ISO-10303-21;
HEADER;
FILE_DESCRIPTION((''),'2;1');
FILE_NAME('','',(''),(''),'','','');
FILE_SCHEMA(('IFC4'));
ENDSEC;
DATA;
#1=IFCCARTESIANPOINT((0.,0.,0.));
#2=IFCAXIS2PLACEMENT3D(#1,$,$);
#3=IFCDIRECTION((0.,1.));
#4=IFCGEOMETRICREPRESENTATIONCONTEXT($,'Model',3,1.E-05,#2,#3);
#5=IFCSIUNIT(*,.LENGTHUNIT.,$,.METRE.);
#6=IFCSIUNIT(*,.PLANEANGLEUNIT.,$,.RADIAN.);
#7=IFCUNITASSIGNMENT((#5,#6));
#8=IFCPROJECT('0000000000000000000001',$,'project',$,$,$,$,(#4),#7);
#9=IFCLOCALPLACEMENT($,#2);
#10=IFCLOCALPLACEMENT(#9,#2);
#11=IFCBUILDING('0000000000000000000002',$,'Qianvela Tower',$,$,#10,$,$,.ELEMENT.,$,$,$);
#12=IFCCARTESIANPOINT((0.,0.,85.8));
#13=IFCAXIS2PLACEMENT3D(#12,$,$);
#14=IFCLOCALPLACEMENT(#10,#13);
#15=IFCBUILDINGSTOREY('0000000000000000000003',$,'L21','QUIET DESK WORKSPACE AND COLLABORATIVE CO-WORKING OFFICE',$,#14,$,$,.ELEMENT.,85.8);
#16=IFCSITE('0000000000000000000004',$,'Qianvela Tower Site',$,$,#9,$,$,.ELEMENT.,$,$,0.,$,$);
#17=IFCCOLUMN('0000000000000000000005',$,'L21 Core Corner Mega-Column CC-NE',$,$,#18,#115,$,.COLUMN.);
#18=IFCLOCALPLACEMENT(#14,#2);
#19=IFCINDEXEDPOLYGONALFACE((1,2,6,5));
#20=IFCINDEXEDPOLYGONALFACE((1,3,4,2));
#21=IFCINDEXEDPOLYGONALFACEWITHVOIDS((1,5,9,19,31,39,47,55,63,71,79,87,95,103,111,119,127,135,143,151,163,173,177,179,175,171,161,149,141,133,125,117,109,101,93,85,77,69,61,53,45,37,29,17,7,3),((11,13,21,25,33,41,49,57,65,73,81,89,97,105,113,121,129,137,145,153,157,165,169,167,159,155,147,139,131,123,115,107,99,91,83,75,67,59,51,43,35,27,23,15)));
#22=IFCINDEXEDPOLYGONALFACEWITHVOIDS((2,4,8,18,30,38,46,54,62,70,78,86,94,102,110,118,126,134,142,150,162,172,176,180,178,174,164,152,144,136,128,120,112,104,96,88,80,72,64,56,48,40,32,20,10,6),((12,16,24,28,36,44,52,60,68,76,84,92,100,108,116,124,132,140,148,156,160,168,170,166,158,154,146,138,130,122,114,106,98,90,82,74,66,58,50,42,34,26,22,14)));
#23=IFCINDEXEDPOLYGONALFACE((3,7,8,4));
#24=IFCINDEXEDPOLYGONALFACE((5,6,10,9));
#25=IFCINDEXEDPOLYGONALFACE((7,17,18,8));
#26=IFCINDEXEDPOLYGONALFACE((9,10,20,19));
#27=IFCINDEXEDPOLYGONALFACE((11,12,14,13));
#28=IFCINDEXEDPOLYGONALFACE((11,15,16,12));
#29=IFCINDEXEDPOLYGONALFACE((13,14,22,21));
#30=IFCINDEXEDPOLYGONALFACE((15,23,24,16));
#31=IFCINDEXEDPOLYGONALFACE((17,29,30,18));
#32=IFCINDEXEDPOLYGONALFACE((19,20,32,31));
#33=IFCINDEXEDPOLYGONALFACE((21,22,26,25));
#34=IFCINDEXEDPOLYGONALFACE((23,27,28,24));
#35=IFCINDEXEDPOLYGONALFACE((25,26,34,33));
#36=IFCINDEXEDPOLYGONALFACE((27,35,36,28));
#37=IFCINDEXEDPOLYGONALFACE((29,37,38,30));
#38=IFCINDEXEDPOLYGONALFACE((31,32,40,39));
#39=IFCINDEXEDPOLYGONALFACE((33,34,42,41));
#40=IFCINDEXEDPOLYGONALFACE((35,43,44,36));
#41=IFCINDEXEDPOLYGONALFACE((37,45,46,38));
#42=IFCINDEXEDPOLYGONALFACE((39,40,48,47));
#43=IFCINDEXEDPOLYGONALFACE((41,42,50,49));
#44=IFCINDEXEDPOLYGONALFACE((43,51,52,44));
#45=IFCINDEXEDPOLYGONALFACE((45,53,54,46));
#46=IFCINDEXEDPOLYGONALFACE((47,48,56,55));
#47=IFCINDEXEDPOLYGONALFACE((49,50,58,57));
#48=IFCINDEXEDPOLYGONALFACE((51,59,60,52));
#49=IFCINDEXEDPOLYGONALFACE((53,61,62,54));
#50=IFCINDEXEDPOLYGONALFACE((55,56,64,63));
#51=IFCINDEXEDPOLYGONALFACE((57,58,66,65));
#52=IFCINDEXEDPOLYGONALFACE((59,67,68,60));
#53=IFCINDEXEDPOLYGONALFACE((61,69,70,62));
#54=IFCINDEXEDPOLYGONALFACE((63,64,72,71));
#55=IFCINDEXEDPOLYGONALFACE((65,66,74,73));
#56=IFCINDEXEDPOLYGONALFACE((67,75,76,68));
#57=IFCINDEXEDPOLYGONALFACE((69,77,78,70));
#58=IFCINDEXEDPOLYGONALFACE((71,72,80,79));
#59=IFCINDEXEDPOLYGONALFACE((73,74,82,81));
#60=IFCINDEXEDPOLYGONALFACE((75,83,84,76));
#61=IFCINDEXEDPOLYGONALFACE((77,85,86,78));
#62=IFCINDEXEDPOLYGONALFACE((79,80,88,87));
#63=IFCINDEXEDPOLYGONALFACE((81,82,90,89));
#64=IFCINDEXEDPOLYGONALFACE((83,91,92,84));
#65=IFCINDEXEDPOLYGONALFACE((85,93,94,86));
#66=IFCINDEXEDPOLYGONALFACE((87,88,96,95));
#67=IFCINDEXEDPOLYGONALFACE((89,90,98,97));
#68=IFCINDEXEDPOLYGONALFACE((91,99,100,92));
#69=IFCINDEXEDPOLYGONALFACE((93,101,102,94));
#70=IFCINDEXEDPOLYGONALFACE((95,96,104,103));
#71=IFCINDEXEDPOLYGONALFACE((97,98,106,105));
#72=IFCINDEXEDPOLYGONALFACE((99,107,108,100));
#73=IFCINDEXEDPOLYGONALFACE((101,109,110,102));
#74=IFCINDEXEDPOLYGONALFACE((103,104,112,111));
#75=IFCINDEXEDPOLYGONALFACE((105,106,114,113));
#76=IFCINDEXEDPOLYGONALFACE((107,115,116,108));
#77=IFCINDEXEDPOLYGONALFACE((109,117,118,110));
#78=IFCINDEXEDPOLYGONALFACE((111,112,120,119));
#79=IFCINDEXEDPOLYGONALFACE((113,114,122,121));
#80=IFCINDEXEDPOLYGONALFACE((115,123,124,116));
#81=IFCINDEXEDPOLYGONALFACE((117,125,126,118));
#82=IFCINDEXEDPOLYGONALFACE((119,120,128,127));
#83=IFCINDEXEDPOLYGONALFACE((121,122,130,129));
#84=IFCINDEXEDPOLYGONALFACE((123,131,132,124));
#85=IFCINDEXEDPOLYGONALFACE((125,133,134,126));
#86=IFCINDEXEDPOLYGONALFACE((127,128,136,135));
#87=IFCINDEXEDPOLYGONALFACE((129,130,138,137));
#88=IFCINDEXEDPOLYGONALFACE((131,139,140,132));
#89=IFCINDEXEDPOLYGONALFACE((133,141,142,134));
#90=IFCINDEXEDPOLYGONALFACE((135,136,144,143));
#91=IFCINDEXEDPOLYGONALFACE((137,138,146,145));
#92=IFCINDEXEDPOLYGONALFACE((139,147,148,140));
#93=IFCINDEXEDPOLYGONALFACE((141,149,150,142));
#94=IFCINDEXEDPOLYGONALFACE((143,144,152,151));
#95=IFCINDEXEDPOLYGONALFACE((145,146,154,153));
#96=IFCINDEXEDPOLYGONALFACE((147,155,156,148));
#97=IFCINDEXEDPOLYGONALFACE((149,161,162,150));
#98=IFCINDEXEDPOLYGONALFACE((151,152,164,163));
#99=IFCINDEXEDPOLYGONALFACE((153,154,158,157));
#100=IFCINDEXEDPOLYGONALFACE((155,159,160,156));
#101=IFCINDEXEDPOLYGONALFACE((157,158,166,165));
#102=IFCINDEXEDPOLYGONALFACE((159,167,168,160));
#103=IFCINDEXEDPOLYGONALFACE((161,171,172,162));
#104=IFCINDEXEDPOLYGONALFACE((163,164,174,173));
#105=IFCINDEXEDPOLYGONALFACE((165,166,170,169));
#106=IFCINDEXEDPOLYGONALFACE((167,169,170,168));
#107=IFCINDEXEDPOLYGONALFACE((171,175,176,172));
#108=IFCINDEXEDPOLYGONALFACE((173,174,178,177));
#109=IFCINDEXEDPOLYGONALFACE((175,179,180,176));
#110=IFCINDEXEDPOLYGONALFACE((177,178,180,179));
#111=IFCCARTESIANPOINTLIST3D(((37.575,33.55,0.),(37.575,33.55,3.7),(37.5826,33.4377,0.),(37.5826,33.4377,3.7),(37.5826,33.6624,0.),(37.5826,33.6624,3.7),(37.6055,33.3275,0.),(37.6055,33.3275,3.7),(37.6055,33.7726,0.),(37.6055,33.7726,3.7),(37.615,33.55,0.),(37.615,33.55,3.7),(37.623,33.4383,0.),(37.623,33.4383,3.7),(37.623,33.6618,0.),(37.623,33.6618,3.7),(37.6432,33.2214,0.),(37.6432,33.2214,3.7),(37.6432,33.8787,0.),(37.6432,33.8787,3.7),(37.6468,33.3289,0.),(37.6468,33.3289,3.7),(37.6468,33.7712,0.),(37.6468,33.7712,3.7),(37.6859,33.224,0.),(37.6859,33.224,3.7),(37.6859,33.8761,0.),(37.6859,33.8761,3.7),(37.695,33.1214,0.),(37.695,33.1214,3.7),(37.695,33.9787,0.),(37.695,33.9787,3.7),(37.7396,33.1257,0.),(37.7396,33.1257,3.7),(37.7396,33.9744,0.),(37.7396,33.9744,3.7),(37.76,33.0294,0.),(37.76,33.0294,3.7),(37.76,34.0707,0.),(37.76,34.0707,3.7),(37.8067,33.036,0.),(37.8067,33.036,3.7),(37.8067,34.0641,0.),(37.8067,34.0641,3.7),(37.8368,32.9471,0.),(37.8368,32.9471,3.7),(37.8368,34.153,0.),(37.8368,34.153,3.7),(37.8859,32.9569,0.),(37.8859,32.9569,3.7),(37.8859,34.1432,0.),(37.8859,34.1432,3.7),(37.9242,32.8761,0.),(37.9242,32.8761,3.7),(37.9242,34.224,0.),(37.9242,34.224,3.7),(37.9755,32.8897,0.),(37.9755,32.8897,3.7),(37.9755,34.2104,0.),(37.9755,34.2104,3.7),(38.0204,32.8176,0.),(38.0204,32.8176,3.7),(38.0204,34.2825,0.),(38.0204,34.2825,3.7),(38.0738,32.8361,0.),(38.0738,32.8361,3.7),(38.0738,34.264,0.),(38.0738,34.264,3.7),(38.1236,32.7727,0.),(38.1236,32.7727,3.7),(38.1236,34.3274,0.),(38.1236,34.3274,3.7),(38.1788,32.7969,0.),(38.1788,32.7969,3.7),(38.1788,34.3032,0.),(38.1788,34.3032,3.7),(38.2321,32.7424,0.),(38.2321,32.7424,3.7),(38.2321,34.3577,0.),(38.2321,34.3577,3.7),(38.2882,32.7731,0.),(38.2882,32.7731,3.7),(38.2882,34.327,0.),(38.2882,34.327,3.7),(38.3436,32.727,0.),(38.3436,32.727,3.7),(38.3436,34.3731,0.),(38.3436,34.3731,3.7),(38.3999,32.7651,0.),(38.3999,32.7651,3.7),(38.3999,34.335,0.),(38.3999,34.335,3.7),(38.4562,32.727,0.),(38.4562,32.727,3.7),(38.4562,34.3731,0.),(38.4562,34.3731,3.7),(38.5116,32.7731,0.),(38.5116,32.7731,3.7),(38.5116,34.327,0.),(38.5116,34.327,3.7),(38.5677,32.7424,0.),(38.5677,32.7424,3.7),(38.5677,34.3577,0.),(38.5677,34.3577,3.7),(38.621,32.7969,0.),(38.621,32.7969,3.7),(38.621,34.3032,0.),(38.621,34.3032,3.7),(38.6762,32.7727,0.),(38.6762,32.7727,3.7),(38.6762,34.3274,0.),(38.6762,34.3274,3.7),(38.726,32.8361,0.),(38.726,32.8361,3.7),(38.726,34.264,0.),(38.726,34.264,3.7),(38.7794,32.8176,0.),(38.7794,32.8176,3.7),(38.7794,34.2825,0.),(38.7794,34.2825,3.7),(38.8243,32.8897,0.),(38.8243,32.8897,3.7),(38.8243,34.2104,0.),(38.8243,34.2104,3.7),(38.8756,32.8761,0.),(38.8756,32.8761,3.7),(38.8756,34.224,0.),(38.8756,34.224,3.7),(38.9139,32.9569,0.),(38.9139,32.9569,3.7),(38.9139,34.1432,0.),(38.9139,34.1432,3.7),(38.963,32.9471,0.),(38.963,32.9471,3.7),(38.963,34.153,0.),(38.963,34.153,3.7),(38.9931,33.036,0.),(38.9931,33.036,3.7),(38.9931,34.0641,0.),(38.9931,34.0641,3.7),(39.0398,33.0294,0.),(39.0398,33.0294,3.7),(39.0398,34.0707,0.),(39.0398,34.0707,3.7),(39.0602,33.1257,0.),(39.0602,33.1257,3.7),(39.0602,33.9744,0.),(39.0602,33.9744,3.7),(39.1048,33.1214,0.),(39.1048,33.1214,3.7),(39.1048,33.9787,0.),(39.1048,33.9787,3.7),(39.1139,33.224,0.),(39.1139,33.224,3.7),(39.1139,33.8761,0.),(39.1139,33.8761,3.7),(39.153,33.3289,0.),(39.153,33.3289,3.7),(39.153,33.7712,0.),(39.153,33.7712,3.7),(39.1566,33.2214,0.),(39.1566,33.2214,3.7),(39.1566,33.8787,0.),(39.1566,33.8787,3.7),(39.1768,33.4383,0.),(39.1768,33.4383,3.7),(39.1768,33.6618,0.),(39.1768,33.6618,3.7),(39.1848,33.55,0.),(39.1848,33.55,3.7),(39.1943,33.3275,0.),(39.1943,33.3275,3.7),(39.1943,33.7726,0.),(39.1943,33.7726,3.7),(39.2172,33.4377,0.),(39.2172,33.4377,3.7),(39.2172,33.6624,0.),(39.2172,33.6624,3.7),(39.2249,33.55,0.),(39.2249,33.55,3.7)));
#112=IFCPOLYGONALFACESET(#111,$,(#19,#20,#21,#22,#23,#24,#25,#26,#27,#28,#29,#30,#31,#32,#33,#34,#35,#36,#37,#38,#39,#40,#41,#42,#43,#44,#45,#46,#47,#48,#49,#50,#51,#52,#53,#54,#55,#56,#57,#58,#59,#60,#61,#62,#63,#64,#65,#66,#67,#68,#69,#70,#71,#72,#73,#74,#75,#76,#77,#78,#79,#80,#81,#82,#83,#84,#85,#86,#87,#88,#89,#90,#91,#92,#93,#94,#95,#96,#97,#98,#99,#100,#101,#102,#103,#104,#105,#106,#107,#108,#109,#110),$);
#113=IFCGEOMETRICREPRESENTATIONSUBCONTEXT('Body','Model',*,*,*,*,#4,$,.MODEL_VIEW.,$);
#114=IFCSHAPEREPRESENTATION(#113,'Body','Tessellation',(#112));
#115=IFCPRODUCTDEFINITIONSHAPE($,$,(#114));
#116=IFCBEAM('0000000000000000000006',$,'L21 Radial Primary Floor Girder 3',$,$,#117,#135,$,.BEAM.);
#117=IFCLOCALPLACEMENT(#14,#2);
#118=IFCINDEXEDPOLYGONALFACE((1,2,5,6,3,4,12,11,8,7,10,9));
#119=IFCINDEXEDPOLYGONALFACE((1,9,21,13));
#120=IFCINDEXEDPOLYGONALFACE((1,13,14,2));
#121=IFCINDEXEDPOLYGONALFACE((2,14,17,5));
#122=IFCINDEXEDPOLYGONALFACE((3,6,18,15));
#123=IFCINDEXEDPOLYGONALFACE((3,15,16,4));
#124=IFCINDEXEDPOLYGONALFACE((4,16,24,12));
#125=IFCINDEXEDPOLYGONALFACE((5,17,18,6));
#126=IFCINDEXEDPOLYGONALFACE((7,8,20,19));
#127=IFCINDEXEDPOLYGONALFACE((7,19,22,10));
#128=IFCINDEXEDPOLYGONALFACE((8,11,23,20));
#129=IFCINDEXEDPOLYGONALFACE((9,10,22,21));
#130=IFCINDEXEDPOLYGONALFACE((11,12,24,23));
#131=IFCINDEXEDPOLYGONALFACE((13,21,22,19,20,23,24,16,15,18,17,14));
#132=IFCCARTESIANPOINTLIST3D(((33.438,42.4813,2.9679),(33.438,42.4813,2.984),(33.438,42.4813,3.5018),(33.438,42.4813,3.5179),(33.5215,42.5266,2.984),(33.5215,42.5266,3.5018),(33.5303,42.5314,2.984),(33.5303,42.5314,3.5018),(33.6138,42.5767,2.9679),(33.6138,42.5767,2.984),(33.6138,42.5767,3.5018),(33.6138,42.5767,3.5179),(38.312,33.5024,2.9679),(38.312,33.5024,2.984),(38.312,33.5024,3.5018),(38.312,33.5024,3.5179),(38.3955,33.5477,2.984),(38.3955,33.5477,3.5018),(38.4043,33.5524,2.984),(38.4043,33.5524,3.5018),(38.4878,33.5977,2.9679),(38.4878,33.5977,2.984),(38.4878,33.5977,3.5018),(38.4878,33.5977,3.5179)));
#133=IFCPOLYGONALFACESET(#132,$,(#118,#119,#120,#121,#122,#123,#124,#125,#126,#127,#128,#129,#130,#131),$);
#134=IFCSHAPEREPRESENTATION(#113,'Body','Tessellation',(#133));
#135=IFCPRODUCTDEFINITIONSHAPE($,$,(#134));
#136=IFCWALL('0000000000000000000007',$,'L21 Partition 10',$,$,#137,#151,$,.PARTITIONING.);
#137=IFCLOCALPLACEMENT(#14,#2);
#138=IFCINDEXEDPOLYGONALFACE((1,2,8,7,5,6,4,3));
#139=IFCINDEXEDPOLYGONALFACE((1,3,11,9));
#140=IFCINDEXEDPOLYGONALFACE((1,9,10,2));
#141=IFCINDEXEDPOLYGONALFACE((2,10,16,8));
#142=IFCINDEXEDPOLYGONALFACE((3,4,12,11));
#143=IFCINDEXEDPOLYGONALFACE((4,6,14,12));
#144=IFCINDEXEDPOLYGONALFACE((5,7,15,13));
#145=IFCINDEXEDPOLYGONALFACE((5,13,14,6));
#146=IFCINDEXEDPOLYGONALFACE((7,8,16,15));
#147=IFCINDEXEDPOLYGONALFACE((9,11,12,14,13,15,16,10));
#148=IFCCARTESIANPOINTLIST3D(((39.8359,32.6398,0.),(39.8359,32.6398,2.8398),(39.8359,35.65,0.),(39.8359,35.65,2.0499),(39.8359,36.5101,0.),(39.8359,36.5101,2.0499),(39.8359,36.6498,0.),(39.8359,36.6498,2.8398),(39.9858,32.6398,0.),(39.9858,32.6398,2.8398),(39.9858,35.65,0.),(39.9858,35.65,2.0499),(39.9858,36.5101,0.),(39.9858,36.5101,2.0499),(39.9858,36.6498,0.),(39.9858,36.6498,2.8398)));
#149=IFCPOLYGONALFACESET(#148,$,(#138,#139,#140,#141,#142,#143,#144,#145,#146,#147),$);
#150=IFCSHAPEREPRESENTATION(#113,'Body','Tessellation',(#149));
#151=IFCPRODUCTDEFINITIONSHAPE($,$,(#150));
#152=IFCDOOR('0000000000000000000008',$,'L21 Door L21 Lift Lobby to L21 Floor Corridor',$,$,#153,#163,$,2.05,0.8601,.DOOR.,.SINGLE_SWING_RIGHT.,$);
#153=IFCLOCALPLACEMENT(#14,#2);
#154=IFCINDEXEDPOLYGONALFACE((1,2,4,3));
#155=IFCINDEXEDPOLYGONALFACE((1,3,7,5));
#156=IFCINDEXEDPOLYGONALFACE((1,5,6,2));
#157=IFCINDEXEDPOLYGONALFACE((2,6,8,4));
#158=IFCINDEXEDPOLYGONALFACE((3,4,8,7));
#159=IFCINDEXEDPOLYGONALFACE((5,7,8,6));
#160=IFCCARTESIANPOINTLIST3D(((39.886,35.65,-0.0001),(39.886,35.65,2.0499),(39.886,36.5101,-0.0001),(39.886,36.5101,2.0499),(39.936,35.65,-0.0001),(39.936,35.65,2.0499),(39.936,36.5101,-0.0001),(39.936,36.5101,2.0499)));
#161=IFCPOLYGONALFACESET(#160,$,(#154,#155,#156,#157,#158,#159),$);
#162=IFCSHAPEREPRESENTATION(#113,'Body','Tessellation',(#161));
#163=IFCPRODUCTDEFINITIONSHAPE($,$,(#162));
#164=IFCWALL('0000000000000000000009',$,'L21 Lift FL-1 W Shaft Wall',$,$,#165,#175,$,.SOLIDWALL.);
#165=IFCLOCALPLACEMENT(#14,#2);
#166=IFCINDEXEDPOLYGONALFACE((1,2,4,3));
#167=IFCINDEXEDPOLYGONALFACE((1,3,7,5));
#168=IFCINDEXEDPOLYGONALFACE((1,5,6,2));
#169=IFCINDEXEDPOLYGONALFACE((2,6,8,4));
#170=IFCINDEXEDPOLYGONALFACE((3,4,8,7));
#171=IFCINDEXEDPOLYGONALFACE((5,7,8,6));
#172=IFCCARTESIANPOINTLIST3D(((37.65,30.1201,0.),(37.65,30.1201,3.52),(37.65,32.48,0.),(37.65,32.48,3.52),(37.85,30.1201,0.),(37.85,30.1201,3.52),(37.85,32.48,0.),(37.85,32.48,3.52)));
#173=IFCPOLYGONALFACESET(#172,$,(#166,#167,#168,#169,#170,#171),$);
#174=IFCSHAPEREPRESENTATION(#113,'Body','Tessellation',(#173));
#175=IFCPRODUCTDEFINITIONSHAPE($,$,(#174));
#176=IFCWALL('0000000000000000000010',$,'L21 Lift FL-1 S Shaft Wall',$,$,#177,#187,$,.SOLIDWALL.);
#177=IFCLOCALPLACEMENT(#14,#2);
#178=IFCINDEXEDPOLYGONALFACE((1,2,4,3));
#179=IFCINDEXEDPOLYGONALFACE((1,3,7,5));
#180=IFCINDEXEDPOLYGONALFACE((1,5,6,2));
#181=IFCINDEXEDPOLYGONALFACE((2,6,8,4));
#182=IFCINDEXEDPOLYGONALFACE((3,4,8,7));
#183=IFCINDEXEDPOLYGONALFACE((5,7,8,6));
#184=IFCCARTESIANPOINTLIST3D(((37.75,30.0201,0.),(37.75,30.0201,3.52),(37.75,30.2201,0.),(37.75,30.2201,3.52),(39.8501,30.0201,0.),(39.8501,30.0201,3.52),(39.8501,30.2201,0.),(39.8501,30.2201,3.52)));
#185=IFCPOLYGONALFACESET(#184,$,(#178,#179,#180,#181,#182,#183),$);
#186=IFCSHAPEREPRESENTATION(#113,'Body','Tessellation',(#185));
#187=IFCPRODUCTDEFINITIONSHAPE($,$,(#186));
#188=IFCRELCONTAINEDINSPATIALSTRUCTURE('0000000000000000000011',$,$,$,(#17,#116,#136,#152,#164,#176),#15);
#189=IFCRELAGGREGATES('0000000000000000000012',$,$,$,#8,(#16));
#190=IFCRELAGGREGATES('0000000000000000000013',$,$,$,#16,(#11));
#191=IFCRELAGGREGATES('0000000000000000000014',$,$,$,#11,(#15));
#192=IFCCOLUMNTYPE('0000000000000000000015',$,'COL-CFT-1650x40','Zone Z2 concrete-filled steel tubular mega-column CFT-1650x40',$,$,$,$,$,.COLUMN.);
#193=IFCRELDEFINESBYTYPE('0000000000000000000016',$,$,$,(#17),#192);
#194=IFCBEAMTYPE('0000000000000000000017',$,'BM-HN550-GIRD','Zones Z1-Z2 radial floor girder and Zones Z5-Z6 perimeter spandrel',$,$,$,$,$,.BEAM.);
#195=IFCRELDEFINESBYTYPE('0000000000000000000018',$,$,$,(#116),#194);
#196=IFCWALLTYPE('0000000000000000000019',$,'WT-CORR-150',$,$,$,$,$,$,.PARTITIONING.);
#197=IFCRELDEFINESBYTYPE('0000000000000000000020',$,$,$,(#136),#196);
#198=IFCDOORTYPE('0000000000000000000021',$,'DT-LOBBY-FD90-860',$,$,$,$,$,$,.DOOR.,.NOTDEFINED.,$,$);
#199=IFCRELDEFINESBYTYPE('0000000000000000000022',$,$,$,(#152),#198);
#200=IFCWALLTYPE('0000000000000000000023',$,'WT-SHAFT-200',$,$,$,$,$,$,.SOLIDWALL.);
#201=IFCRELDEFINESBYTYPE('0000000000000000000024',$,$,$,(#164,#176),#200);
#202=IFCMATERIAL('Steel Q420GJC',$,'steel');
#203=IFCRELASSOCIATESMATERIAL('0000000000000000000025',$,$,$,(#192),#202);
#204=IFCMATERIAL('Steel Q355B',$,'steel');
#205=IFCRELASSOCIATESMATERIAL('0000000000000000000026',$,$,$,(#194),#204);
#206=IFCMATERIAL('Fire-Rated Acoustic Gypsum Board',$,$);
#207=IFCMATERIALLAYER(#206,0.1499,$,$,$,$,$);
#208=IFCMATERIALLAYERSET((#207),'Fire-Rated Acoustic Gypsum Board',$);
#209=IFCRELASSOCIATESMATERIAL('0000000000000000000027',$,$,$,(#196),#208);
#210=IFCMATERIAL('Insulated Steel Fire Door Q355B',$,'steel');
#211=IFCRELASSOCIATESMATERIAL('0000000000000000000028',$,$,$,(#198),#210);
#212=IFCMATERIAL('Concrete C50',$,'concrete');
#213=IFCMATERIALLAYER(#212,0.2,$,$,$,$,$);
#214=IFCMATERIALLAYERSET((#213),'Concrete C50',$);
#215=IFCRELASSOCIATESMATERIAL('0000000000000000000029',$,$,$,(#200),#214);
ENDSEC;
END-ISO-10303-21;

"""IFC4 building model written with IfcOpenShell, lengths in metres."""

from ifc_helpers import new_model, si_unit, direction, frame, frame_2d, origin, origin_2d, place, context, subcontext, project, spatial, rectangle, hollow_circle, i_section, extrude, material, layer, layer_set, material_profile, profile_set, type_object, element, fill, save


model = new_model("IFC4")

# Units and contexts
model_context = context("Model", 3, precision=1e-05, world=origin(), true_north=direction((0.0, 1.0)))
body_context = subcontext(model_context, "Body", "Model", "MODEL_VIEW")
ifc_project = project(units=[si_unit("LENGTHUNIT", "METRE"), si_unit("PLANEANGLEUNIT", "RADIAN")], contexts=[model_context])

# Site, building, storey
site_placement = place(None, origin())
site = spatial("IfcSite", under=ifc_project, at=site_placement, Name="Qianvela Tower Site", CompositionType="ELEMENT", RefElevation=0.0)
building_placement = place(site_placement, origin())
building = spatial("IfcBuilding", under=site, at=building_placement, Name="Qianvela Tower", CompositionType="ELEMENT")
storey_placement = place(building_placement, frame((0.0, 0.0, 85.8)))
storey = spatial("IfcBuildingStorey", under=building, at=storey_placement, Name="L21", Description="QUIET DESK WORKSPACE AND COLLABORATIVE CO-WORKING OFFICE", CompositionType="ELEMENT", Elevation=85.8)

# Column
ifc_material_1 = material(Name="Steel Q420GJC", Category="steel")
ifc_material_profile_1 = material_profile(ifc_material_1, hollow_circle(Radius=0.825, WallThickness=0.04, at=origin_2d()), Name="CFT-1650x40")
ifc_profile_set_1 = profile_set([ifc_material_profile_1], Name="Steel Q420GJC")
column_type = type_object("IfcColumnType", Name="COL-CFT-1650x40", Description="Zone Z2 concrete-filled steel tubular mega-column CFT-1650x40", PredefinedType="COLUMN", material=ifc_profile_set_1)
column_placement = place(storey_placement, frame((38.3999, 33.55, 0.0), z_axis=(0.0, 0.0, 1.0), x_axis=(1.0, 0.0, 0.0)))
element("IfcColumn", 1, at=column_placement, inside=storey, type_object=column_type, Name="L21 Core Corner Mega-Column CC-NE", PredefinedType="COLUMN", context=body_context, shape_type="SweptSolid", body=[
    extrude(hollow_circle(Radius=0.825, WallThickness=0.04, at=origin_2d()), origin(), (0.0, 0.0, 1.0), 3.7),
])

# Beam
ifc_material_2 = material(Name="Steel Q355B", Category="steel")
ifc_material_profile_2 = material_profile(ifc_material_2, i_section(OverallWidth=0.2, OverallDepth=0.55, WebThickness=0.01, FlangeThickness=0.0161, at=origin_2d()), Name="HN550x200x10x16")
ifc_profile_set_2 = profile_set([ifc_material_profile_2], Name="Steel Q355B")
beam_type = type_object("IfcBeamType", Name="BM-HN550-GIRD", Description="Zones Z1-Z2 radial floor girder and Zones Z5-Z6 perimeter spandrel", PredefinedType="BEAM", material=ifc_profile_set_2)
beam_placement = place(storey_placement, frame((38.3999, 33.55, 3.2429), z_axis=(-0.47707, 0.878865, 0.0), x_axis=(-0.878865, -0.47707, 0.0)))
element("IfcBeam", 2, at=beam_placement, inside=storey, type_object=beam_type, Name="L21 Radial Primary Floor Girder 3", PredefinedType="BEAM", context=body_context, shape_type="SweptSolid", body=[
    extrude(i_section(OverallWidth=0.2, OverallDepth=0.55, WebThickness=0.01, FlangeThickness=0.0161, at=origin_2d()), origin(), (0.0, 0.0, 1.0), 10.2166),
])

# Wall, opening, door
ifc_material_3 = material(Name="Fire-Rated Acoustic Gypsum Board")
ifc_layer_1 = layer(ifc_material_3, 0.1499)
ifc_layer_set_1 = layer_set([ifc_layer_1], Name="Fire-Rated Acoustic Gypsum Board")
wall_type_1 = type_object("IfcWallType", Name="WT-CORR-150", PredefinedType="PARTITIONING", material=ifc_layer_set_1)
wall_1_placement = place(storey_placement, frame((39.9109, 32.6399, 0.0), z_axis=(0.0, 0.0, 1.0), x_axis=(0.0, 1.0, 0.0)))
wall_1 = element("IfcWall", 3, at=wall_1_placement, inside=storey, type_object=wall_type_1, Name="L21 Partition 10", PredefinedType="PARTITIONING", context=body_context, shape_type="SweptSolid", body=[
    extrude(rectangle(XDim=4.01, YDim=0.1499, at=frame_2d((2.0049, 0.0))), origin(), (0.0, 0.0, 1.0), 2.8398),
])
opening_1_placement = place(wall_1_placement, frame((3.01, 0.0, 0.0)))
opening_1 = element("IfcOpeningElement", 4, at=opening_1_placement, cuts=wall_1, PredefinedType="OPENING", context=body_context, shape_type="SweptSolid", body=[
    extrude(rectangle(XDim=0.8601, YDim=2.05, at=frame_2d((0.4302, 1.0249))), frame((0.0, 0.085, 0.0), z_axis=(0.0, -1.0, 0.0), x_axis=(1.0, 0.0, 0.0)), (0.0, 0.0, 1.0), 0.1699),
])
ifc_material_4 = material(Name="Insulated Steel Fire Door Q355B", Category="steel")
door_type_1 = type_object("IfcDoorType", Name="DT-LOBBY-FD90-860", OperationType="NOTDEFINED", PredefinedType="DOOR", material=ifc_material_4)
door_1_placement = place(opening_1_placement, origin())
door_1 = element("IfcDoor", 5, at=door_1_placement, inside=storey, type_object=door_type_1, Name="L21 Door L21 Lift Lobby to L21 Floor Corridor", OperationType="SINGLE_SWING_RIGHT", OverallHeight=2.05, OverallWidth=0.8601, PredefinedType="DOOR", context=body_context, shape_type="SweptSolid", body=[
    extrude(rectangle(XDim=0.8601, YDim=2.05, at=frame_2d((0.4302, 1.0249))), frame((0.0, 0.0249, 0.0), z_axis=(0.0, -1.0, 0.0), x_axis=(1.0, 0.0, 0.0)), (0.0, 0.0, 1.0), 0.05),
])
fill(opening_1, door_1)
ifc_material_5 = material(Name="Concrete C50", Category="concrete")
ifc_layer_2 = layer(ifc_material_5, 0.2)
ifc_layer_set_2 = layer_set([ifc_layer_2], Name="Concrete C50")
wall_type_2 = type_object("IfcWallType", Name="WT-SHAFT-200", PredefinedType="SOLIDWALL", material=ifc_layer_set_2)

# Walls
wall_2_placement = place(storey_placement, frame((37.75, 30.1201, 0.0), z_axis=(0.0, 0.0, 1.0), x_axis=(0.0, 1.0, 0.0)))
element("IfcWall", 6, at=wall_2_placement, inside=storey, type_object=wall_type_2, Name="L21 Lift FL-1 W Shaft Wall", PredefinedType="SOLIDWALL", context=body_context, shape_type="SweptSolid", body=[
    extrude(rectangle(XDim=2.3599, YDim=0.2, at=frame_2d((1.1799, 0.0))), origin(), (0.0, 0.0, 1.0), 3.52),
])
wall_3_placement = place(storey_placement, frame((37.75, 30.1201, 0.0), z_axis=(0.0, 0.0, 1.0), x_axis=(1.0, 0.0, 0.0)))
element("IfcWall", 7, at=wall_3_placement, inside=storey, type_object=wall_type_2, Name="L21 Lift FL-1 S Shaft Wall", PredefinedType="SOLIDWALL", context=body_context, shape_type="SweptSolid", body=[
    extrude(rectangle(XDim=2.1001, YDim=0.2, at=frame_2d((1.05, 0.0))), origin(), (0.0, 0.0, 1.0), 3.52),
])

save(model, "model.ifc")
